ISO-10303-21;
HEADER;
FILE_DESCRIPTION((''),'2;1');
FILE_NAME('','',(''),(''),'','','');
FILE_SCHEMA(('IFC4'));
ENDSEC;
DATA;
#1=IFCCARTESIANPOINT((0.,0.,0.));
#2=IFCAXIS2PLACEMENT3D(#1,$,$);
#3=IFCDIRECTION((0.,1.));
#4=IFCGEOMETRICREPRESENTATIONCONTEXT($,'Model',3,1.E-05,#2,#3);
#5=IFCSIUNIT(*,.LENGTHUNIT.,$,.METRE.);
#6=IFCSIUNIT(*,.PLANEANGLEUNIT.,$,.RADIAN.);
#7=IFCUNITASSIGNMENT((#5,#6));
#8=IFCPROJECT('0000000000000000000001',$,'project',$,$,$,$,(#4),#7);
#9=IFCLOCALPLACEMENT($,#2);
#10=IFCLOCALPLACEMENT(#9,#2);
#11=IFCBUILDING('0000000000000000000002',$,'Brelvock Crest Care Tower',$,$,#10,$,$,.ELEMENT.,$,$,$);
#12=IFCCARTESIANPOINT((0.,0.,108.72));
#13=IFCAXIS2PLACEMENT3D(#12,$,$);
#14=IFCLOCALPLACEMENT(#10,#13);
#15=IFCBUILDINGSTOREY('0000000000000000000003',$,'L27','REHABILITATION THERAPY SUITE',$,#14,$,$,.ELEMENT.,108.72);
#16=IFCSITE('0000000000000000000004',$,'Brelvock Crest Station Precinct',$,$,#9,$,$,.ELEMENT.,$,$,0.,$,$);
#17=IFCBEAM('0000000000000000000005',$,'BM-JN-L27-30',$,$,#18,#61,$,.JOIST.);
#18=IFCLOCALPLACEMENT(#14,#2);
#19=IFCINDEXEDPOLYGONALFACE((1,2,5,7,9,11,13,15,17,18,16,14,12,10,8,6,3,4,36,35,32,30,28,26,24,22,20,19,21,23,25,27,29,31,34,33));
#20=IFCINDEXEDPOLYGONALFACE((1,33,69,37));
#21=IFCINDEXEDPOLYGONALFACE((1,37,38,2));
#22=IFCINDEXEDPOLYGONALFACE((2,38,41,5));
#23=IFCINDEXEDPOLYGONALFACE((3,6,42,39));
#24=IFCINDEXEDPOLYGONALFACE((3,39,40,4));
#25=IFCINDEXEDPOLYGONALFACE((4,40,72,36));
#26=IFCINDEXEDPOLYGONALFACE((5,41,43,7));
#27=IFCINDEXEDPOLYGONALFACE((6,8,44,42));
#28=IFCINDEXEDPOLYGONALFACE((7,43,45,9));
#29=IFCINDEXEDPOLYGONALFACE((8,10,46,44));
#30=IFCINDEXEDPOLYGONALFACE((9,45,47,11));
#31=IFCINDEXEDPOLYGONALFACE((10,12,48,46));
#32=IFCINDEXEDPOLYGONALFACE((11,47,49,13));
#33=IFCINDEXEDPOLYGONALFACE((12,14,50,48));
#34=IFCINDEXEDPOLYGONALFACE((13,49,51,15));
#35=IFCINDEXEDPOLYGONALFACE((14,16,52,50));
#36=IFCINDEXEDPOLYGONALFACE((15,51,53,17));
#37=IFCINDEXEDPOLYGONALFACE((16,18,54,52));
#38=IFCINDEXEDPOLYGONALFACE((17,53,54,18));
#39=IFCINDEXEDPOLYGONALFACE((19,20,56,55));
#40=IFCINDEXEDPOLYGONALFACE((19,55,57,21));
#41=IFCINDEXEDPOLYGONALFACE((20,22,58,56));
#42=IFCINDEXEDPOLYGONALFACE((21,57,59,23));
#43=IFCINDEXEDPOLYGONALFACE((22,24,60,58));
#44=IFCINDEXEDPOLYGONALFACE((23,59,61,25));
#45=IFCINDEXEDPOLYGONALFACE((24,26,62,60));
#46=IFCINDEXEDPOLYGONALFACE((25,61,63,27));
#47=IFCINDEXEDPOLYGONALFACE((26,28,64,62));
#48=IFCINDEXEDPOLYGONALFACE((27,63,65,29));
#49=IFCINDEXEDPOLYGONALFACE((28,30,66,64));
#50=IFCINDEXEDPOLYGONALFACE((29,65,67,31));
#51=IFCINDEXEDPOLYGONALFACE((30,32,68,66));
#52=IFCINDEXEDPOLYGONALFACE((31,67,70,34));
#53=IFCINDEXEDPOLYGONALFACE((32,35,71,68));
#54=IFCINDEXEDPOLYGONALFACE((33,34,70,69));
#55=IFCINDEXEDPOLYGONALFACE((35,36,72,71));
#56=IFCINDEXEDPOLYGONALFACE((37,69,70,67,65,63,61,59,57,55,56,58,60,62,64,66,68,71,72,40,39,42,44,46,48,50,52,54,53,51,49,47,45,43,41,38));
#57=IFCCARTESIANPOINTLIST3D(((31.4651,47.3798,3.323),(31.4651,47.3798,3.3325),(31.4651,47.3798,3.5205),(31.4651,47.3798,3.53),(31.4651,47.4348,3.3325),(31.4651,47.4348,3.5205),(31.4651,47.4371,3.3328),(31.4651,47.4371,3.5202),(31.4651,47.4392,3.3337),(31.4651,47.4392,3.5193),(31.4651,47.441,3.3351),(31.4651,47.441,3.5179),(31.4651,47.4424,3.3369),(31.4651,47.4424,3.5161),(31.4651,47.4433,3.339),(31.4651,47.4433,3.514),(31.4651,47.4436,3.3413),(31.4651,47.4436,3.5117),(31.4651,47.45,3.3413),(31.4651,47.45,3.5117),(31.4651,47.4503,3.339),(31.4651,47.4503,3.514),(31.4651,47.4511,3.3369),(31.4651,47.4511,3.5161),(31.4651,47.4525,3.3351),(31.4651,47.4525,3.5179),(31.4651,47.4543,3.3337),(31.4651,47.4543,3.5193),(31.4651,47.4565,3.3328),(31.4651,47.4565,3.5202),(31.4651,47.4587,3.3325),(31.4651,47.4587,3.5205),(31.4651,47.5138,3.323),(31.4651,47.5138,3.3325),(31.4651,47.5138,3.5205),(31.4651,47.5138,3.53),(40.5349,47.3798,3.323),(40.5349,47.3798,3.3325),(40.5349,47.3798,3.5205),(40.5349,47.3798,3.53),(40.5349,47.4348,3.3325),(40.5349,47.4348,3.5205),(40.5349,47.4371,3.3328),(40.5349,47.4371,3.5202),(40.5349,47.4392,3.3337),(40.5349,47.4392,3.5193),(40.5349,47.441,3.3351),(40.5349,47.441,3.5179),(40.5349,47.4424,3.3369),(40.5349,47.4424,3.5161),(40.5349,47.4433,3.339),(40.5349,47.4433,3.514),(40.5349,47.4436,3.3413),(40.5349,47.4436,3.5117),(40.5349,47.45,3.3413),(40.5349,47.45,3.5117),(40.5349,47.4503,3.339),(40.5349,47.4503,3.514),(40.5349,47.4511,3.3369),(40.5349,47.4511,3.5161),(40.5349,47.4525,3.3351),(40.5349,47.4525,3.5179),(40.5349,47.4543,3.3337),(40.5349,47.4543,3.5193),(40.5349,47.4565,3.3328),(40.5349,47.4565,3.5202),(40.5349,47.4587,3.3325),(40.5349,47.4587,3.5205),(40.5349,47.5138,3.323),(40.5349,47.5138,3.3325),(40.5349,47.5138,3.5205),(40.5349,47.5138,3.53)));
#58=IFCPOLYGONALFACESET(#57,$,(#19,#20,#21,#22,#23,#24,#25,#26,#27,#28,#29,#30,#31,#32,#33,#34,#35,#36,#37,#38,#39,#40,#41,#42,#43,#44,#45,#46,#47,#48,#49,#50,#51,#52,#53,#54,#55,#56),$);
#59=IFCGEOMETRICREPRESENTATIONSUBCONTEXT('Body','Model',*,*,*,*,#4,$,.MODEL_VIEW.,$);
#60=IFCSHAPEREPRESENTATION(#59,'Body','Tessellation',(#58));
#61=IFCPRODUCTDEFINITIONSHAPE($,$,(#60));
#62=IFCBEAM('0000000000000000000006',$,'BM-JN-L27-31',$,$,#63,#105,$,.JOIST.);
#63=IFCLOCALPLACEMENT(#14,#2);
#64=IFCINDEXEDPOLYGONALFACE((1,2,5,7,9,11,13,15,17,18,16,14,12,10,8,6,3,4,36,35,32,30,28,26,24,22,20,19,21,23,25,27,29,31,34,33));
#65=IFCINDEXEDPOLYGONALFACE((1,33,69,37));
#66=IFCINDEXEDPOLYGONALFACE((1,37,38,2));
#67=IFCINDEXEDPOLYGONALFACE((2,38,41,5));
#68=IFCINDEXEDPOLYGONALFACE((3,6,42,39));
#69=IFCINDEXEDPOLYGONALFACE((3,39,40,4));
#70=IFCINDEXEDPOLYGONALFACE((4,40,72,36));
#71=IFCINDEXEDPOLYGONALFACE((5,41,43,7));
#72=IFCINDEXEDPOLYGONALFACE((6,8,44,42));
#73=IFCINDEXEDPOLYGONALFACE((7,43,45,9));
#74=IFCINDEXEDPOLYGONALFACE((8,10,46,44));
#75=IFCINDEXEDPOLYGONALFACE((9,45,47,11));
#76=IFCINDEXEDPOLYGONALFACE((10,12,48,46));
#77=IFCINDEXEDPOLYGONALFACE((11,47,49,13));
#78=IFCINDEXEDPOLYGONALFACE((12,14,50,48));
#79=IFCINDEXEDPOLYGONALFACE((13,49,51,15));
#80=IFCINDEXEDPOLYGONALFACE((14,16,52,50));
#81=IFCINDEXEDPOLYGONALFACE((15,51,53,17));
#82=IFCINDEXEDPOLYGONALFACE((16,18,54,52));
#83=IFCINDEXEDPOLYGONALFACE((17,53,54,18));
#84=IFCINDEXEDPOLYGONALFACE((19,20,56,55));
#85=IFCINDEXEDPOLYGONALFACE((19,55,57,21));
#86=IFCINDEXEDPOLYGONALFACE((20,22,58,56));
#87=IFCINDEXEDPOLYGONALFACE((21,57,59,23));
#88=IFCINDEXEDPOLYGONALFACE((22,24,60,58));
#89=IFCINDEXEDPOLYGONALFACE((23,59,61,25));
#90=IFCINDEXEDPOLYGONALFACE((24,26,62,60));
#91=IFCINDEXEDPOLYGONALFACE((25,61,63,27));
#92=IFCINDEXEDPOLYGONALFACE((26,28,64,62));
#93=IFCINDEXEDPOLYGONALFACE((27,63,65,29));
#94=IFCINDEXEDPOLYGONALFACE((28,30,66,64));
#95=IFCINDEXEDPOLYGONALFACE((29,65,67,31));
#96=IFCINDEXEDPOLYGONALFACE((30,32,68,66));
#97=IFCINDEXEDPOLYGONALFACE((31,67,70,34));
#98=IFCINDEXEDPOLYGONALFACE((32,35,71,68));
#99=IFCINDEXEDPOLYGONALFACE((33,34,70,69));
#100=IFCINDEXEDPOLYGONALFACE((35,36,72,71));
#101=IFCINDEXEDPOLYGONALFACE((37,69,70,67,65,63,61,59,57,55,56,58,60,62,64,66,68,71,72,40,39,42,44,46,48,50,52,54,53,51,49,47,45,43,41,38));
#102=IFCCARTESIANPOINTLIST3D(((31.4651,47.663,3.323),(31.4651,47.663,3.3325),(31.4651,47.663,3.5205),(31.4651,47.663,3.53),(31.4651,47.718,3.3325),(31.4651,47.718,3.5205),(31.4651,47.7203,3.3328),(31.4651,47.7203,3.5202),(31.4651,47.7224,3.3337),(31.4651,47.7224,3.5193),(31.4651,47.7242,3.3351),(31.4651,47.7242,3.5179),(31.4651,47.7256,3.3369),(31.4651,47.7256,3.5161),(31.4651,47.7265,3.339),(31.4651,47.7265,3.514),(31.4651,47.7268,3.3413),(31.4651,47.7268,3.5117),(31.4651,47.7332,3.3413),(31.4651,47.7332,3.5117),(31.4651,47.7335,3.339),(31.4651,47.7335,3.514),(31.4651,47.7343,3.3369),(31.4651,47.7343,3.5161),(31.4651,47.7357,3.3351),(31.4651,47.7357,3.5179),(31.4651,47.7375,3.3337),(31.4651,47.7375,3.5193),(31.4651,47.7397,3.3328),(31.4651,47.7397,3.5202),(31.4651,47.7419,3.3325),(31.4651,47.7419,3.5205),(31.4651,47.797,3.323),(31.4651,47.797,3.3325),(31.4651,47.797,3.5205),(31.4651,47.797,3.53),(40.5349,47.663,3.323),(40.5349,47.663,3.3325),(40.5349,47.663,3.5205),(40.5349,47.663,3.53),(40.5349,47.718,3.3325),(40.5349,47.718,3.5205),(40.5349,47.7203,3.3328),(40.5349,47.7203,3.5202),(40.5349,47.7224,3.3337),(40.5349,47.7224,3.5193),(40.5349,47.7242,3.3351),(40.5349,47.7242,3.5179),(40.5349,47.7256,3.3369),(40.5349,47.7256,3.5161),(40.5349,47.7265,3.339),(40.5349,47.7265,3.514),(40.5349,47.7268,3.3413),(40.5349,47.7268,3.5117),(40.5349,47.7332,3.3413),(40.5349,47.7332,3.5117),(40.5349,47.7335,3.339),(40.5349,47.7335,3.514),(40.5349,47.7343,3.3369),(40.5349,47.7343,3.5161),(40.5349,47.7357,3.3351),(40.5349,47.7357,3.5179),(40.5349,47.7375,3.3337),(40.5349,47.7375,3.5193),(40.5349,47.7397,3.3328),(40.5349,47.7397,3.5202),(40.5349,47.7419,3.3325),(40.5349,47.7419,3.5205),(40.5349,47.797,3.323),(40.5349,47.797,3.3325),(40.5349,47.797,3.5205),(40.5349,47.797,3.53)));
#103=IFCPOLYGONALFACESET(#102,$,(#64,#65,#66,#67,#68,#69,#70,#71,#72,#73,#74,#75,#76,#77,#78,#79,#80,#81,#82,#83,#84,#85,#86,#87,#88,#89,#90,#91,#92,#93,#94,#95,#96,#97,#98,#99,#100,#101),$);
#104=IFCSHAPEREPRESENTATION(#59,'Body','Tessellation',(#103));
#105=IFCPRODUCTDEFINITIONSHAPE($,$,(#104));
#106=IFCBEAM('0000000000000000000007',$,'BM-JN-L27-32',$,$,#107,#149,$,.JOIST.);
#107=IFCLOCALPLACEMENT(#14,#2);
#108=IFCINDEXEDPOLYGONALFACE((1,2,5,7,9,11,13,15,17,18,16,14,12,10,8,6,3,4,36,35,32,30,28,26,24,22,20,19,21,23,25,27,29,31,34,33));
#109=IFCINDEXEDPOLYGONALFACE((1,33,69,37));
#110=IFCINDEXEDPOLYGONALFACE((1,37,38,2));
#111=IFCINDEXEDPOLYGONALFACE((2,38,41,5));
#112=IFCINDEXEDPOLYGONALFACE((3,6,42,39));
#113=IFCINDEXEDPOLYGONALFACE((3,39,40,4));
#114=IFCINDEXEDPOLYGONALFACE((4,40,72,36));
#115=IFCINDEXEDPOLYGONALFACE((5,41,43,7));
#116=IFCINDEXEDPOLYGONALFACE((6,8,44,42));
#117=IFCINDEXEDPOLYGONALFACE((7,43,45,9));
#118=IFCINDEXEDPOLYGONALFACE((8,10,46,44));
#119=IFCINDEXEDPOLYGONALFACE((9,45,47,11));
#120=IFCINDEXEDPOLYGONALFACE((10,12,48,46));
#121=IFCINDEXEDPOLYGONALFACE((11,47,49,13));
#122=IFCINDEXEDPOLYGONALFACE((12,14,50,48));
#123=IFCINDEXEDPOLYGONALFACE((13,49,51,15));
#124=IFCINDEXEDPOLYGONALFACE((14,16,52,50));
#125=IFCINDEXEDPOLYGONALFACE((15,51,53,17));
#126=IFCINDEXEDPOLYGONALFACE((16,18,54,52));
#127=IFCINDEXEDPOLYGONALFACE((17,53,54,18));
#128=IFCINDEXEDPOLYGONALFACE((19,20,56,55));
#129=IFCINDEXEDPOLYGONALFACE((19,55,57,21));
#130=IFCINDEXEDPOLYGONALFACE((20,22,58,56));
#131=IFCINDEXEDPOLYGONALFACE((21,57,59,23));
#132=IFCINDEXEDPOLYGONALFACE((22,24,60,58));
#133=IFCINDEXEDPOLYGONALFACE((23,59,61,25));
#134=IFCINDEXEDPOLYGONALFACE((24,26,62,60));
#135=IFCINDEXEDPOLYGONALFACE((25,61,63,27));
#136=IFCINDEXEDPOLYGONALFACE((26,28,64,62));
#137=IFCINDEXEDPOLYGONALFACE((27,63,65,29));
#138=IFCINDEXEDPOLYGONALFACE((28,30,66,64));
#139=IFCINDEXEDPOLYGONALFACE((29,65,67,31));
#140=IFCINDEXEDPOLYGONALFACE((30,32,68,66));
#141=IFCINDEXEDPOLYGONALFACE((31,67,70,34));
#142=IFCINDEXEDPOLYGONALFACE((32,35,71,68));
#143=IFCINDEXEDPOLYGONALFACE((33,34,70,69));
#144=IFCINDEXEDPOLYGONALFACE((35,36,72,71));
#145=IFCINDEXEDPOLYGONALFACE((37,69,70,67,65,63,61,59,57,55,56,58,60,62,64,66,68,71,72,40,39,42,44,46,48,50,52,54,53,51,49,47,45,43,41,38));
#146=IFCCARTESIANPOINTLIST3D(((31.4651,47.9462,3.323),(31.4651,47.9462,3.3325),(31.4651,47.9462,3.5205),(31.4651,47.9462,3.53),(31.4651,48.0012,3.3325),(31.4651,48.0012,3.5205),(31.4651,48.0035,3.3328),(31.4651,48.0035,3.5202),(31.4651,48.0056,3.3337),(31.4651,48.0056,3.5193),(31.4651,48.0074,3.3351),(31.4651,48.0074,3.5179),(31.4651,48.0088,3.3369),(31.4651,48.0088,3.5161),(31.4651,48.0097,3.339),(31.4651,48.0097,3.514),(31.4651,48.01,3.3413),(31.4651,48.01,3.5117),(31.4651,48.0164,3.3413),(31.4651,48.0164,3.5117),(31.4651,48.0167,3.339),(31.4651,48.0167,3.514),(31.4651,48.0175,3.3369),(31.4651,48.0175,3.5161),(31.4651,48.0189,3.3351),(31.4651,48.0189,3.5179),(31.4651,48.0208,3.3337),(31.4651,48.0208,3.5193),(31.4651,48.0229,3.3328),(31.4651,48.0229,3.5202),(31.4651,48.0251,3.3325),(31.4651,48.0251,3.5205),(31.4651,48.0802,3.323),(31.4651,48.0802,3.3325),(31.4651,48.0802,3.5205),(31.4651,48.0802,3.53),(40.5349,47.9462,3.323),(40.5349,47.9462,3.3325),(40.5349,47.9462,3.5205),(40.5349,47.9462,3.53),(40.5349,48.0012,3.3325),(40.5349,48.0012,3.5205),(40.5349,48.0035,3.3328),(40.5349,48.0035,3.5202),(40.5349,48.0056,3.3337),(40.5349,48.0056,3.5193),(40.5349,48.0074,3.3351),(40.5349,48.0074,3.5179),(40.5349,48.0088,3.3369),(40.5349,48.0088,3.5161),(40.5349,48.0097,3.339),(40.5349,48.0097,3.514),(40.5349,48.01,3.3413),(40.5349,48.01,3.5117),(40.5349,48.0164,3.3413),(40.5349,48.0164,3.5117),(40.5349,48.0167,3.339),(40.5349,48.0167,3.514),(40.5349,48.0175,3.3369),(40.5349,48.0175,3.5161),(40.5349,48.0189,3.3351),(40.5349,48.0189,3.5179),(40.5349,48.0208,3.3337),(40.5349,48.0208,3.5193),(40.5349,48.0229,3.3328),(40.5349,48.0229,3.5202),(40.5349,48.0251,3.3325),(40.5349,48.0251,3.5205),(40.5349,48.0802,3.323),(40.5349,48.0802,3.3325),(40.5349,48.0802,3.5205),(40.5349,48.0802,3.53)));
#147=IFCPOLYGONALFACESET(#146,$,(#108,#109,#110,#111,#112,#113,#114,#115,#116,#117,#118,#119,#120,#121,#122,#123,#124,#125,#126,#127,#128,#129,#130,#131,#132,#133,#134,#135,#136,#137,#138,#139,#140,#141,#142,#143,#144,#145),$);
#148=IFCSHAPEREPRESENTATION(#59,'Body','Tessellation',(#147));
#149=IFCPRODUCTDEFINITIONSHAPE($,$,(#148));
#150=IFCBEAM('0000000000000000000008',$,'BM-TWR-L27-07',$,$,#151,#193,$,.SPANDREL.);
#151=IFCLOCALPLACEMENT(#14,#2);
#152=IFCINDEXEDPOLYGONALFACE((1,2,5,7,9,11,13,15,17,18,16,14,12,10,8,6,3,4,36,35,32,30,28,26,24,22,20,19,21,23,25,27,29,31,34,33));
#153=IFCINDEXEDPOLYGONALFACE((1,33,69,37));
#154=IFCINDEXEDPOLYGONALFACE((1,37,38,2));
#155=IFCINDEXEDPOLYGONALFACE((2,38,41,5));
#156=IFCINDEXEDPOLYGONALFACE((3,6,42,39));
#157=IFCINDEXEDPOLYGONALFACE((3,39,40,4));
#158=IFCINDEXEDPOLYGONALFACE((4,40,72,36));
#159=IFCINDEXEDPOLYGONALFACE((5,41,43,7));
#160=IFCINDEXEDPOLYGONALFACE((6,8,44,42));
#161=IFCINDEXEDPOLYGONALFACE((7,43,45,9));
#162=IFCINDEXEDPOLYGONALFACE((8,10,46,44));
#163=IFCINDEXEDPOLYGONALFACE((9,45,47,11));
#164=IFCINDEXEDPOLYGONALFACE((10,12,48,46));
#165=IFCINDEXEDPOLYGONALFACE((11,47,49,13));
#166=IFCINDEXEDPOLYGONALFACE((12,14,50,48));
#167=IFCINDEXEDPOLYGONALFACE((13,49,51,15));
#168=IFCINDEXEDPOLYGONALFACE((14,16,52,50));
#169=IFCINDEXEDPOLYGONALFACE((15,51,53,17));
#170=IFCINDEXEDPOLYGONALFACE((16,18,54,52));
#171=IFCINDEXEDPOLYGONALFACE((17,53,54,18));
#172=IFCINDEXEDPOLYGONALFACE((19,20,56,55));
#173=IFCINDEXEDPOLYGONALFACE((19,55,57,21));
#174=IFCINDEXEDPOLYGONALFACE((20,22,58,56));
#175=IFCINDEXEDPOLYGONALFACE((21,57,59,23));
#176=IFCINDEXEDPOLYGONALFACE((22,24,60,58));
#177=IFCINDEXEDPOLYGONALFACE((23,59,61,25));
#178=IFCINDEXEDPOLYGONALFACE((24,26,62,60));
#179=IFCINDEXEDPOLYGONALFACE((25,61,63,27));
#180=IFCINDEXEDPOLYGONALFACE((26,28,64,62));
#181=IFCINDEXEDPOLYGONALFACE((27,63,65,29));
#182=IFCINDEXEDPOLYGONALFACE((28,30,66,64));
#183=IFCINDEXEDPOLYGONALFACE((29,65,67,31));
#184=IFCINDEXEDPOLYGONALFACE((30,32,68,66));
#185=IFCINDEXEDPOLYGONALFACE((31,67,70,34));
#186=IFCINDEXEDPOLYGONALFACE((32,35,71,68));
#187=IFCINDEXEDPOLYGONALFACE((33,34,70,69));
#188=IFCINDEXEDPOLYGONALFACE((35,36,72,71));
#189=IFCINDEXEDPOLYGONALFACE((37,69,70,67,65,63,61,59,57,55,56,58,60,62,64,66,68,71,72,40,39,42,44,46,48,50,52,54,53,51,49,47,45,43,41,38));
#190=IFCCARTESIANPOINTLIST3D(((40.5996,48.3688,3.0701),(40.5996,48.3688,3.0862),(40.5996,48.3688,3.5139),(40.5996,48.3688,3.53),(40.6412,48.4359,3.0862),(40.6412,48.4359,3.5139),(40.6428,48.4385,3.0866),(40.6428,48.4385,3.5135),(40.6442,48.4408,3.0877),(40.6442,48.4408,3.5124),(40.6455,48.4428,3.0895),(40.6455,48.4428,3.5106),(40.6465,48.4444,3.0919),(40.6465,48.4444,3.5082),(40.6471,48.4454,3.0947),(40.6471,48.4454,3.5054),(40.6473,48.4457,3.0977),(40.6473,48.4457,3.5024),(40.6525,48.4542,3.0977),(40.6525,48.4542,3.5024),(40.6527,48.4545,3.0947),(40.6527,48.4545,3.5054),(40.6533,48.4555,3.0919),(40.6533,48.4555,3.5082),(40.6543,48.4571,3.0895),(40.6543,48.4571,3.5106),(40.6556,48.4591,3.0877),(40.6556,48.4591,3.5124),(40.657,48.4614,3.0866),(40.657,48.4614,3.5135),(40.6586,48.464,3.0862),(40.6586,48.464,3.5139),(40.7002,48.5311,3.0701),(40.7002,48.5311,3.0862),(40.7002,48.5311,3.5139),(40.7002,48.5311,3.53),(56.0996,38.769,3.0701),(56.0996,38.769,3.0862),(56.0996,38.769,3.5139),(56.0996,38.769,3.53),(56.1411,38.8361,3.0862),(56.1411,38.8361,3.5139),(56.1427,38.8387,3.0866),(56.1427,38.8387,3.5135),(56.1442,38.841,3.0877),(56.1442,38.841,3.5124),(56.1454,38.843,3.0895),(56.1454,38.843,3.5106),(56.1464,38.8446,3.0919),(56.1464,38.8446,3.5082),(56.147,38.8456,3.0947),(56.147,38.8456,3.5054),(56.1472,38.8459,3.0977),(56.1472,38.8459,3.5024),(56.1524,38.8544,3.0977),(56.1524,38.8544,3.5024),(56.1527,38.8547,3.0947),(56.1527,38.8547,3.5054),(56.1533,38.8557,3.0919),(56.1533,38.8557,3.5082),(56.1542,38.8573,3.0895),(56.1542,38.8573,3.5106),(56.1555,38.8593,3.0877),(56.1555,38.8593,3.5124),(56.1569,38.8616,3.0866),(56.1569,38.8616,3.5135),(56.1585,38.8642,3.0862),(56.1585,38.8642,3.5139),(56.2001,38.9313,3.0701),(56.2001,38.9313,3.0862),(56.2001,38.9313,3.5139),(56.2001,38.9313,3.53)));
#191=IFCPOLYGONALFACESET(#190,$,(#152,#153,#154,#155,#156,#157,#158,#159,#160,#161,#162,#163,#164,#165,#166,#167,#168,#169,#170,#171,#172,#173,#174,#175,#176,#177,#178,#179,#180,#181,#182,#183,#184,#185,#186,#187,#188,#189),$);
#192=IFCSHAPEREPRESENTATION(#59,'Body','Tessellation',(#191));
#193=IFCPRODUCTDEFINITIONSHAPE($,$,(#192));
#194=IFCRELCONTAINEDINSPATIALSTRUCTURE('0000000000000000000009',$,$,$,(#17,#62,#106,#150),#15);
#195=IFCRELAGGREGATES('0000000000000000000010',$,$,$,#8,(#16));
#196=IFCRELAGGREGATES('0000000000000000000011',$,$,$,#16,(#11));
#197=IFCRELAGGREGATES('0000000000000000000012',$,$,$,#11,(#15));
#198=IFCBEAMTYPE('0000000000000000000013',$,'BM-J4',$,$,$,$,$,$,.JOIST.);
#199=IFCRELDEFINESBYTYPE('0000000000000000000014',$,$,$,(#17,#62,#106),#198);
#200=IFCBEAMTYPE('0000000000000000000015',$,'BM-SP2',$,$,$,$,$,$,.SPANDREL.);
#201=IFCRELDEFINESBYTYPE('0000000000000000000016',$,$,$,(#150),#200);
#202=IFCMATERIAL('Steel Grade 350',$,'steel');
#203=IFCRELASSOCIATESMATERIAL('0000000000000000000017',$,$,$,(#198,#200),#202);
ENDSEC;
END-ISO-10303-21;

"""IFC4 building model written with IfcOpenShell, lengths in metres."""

from ifc_helpers import new_model, si_unit, direction, frame, origin, origin_2d, place, context, subcontext, project, spatial, i_section, extrude, source, transform, mapped, material, material_profile, profile_set, type_object, element, save


model = new_model("IFC4")

# Units and contexts
model_context = context("Model", 3, precision=1e-05, world=origin(), true_north=direction((0.0, 1.0)))
body_context = subcontext(model_context, "Body", "Model", "MODEL_VIEW")
ifc_project = project(units=[si_unit("LENGTHUNIT", "METRE"), si_unit("PLANEANGLEUNIT", "RADIAN")], contexts=[model_context])

# Site, building, storey
site_placement = place(None, origin())
site = spatial("IfcSite", under=ifc_project, at=site_placement, Name="Brelvock Crest Station Precinct", CompositionType="ELEMENT", RefElevation=0.0)
building_placement = place(site_placement, origin())
building = spatial("IfcBuilding", under=site, at=building_placement, Name="Brelvock Crest Care Tower", CompositionType="ELEMENT")
storey_placement = place(building_placement, frame((0.0, 0.0, 108.72)))
storey = spatial("IfcBuildingStorey", under=building, at=storey_placement, Name="L27", Description="REHABILITATION THERAPY SUITE", CompositionType="ELEMENT", Elevation=108.72)

# Shared definitions
ifc_material_1 = material(Name="Steel Grade 350", Category="steel")

# Beams
ifc_material_profile_1 = material_profile(ifc_material_1, i_section(OverallWidth=0.134, OverallDepth=0.207, WebThickness=0.0063, FlangeThickness=0.0095, FilletRadius=0.0088, at=origin_2d()), Name="200UB29.8")
ifc_profile_set_1 = profile_set([ifc_material_profile_1], Name="Steel Grade 350")
beam_type_1 = type_object("IfcBeamType", Name="BM-J4", PredefinedType="JOIST", material=ifc_profile_set_1)
shared_shape_1 = source(origin(), body_context, "Body", "SweptSolid", [
    extrude(i_section(OverallWidth=0.134, OverallDepth=0.207, WebThickness=0.0063, FlangeThickness=0.0095, FilletRadius=0.0088, at=origin_2d()), origin(), (0.0, 0.0, 1.0), 9.0698),
])
for number, where, z_axis, x_axis, name in (
    (1, (31.4651, 47.4468, 3.4265), (1.0, 0.0, 0.0), (0.0, 1.0, 0.0), "BM-JN-L27-30"),
    (2, (31.4651, 47.73, 3.4265), (1.0, 0.0, 0.0), (0.0, 1.0, 0.0), "BM-JN-L27-31"),
    (3, (31.4651, 48.0132, 3.4265), (1.0, 0.0, 0.0), (0.0, 1.0, 0.0), "BM-JN-L27-32"),
):
    element("IfcBeam", number, at=place(storey_placement, frame(where, z_axis=z_axis, x_axis=x_axis)), inside=storey, type_object=beam_type_1, Name=name, PredefinedType="JOIST", context=body_context, shape_type="MappedRepresentation", body=[
        mapped(shared_shape_1, transform((0.0, 0.0, 0.0), x_axis=(1.0, 0.0, 0.0), y_axis=(0.0, 1.0, 0.0), z_axis=(0.0, 0.0, 1.0), scale=1.0)),
    ])
ifc_material_profile_2 = material_profile(ifc_material_1, i_section(OverallWidth=0.1909, OverallDepth=0.46, WebThickness=0.01, FlangeThickness=0.0161, FilletRadius=0.0115, at=origin_2d()), Name="460UB82.1")
ifc_profile_set_2 = profile_set([ifc_material_profile_2], Name="Steel Grade 350")
beam_type_2 = type_object("IfcBeamType", Name="BM-SP2", PredefinedType="SPANDREL", material=ifc_profile_set_2)
shared_shape_2 = source(origin(), body_context, "Body", "SweptSolid", [
    extrude(i_section(OverallWidth=0.1909, OverallDepth=0.46, WebThickness=0.01, FlangeThickness=0.0161, FilletRadius=0.0115, at=origin_2d()), origin(), (0.0, 0.0, 1.0), 18.2319),
])
beam_placement = place(storey_placement, frame((40.6499, 48.45, 3.3), z_axis=(0.850152, -0.526538, 0.0), x_axis=(0.526538, 0.850152, 0.0)))
element("IfcBeam", 4, at=beam_placement, inside=storey, type_object=beam_type_2, Name="BM-TWR-L27-07", PredefinedType="SPANDREL", context=body_context, shape_type="MappedRepresentation", body=[
    mapped(shared_shape_2, transform((0.0, 0.0, 0.0), x_axis=(1.0, 0.0, 0.0), y_axis=(0.0, 1.0, 0.0), z_axis=(0.0, 0.0, 1.0), scale=1.0)),
])

save(model, "model.ifc")
